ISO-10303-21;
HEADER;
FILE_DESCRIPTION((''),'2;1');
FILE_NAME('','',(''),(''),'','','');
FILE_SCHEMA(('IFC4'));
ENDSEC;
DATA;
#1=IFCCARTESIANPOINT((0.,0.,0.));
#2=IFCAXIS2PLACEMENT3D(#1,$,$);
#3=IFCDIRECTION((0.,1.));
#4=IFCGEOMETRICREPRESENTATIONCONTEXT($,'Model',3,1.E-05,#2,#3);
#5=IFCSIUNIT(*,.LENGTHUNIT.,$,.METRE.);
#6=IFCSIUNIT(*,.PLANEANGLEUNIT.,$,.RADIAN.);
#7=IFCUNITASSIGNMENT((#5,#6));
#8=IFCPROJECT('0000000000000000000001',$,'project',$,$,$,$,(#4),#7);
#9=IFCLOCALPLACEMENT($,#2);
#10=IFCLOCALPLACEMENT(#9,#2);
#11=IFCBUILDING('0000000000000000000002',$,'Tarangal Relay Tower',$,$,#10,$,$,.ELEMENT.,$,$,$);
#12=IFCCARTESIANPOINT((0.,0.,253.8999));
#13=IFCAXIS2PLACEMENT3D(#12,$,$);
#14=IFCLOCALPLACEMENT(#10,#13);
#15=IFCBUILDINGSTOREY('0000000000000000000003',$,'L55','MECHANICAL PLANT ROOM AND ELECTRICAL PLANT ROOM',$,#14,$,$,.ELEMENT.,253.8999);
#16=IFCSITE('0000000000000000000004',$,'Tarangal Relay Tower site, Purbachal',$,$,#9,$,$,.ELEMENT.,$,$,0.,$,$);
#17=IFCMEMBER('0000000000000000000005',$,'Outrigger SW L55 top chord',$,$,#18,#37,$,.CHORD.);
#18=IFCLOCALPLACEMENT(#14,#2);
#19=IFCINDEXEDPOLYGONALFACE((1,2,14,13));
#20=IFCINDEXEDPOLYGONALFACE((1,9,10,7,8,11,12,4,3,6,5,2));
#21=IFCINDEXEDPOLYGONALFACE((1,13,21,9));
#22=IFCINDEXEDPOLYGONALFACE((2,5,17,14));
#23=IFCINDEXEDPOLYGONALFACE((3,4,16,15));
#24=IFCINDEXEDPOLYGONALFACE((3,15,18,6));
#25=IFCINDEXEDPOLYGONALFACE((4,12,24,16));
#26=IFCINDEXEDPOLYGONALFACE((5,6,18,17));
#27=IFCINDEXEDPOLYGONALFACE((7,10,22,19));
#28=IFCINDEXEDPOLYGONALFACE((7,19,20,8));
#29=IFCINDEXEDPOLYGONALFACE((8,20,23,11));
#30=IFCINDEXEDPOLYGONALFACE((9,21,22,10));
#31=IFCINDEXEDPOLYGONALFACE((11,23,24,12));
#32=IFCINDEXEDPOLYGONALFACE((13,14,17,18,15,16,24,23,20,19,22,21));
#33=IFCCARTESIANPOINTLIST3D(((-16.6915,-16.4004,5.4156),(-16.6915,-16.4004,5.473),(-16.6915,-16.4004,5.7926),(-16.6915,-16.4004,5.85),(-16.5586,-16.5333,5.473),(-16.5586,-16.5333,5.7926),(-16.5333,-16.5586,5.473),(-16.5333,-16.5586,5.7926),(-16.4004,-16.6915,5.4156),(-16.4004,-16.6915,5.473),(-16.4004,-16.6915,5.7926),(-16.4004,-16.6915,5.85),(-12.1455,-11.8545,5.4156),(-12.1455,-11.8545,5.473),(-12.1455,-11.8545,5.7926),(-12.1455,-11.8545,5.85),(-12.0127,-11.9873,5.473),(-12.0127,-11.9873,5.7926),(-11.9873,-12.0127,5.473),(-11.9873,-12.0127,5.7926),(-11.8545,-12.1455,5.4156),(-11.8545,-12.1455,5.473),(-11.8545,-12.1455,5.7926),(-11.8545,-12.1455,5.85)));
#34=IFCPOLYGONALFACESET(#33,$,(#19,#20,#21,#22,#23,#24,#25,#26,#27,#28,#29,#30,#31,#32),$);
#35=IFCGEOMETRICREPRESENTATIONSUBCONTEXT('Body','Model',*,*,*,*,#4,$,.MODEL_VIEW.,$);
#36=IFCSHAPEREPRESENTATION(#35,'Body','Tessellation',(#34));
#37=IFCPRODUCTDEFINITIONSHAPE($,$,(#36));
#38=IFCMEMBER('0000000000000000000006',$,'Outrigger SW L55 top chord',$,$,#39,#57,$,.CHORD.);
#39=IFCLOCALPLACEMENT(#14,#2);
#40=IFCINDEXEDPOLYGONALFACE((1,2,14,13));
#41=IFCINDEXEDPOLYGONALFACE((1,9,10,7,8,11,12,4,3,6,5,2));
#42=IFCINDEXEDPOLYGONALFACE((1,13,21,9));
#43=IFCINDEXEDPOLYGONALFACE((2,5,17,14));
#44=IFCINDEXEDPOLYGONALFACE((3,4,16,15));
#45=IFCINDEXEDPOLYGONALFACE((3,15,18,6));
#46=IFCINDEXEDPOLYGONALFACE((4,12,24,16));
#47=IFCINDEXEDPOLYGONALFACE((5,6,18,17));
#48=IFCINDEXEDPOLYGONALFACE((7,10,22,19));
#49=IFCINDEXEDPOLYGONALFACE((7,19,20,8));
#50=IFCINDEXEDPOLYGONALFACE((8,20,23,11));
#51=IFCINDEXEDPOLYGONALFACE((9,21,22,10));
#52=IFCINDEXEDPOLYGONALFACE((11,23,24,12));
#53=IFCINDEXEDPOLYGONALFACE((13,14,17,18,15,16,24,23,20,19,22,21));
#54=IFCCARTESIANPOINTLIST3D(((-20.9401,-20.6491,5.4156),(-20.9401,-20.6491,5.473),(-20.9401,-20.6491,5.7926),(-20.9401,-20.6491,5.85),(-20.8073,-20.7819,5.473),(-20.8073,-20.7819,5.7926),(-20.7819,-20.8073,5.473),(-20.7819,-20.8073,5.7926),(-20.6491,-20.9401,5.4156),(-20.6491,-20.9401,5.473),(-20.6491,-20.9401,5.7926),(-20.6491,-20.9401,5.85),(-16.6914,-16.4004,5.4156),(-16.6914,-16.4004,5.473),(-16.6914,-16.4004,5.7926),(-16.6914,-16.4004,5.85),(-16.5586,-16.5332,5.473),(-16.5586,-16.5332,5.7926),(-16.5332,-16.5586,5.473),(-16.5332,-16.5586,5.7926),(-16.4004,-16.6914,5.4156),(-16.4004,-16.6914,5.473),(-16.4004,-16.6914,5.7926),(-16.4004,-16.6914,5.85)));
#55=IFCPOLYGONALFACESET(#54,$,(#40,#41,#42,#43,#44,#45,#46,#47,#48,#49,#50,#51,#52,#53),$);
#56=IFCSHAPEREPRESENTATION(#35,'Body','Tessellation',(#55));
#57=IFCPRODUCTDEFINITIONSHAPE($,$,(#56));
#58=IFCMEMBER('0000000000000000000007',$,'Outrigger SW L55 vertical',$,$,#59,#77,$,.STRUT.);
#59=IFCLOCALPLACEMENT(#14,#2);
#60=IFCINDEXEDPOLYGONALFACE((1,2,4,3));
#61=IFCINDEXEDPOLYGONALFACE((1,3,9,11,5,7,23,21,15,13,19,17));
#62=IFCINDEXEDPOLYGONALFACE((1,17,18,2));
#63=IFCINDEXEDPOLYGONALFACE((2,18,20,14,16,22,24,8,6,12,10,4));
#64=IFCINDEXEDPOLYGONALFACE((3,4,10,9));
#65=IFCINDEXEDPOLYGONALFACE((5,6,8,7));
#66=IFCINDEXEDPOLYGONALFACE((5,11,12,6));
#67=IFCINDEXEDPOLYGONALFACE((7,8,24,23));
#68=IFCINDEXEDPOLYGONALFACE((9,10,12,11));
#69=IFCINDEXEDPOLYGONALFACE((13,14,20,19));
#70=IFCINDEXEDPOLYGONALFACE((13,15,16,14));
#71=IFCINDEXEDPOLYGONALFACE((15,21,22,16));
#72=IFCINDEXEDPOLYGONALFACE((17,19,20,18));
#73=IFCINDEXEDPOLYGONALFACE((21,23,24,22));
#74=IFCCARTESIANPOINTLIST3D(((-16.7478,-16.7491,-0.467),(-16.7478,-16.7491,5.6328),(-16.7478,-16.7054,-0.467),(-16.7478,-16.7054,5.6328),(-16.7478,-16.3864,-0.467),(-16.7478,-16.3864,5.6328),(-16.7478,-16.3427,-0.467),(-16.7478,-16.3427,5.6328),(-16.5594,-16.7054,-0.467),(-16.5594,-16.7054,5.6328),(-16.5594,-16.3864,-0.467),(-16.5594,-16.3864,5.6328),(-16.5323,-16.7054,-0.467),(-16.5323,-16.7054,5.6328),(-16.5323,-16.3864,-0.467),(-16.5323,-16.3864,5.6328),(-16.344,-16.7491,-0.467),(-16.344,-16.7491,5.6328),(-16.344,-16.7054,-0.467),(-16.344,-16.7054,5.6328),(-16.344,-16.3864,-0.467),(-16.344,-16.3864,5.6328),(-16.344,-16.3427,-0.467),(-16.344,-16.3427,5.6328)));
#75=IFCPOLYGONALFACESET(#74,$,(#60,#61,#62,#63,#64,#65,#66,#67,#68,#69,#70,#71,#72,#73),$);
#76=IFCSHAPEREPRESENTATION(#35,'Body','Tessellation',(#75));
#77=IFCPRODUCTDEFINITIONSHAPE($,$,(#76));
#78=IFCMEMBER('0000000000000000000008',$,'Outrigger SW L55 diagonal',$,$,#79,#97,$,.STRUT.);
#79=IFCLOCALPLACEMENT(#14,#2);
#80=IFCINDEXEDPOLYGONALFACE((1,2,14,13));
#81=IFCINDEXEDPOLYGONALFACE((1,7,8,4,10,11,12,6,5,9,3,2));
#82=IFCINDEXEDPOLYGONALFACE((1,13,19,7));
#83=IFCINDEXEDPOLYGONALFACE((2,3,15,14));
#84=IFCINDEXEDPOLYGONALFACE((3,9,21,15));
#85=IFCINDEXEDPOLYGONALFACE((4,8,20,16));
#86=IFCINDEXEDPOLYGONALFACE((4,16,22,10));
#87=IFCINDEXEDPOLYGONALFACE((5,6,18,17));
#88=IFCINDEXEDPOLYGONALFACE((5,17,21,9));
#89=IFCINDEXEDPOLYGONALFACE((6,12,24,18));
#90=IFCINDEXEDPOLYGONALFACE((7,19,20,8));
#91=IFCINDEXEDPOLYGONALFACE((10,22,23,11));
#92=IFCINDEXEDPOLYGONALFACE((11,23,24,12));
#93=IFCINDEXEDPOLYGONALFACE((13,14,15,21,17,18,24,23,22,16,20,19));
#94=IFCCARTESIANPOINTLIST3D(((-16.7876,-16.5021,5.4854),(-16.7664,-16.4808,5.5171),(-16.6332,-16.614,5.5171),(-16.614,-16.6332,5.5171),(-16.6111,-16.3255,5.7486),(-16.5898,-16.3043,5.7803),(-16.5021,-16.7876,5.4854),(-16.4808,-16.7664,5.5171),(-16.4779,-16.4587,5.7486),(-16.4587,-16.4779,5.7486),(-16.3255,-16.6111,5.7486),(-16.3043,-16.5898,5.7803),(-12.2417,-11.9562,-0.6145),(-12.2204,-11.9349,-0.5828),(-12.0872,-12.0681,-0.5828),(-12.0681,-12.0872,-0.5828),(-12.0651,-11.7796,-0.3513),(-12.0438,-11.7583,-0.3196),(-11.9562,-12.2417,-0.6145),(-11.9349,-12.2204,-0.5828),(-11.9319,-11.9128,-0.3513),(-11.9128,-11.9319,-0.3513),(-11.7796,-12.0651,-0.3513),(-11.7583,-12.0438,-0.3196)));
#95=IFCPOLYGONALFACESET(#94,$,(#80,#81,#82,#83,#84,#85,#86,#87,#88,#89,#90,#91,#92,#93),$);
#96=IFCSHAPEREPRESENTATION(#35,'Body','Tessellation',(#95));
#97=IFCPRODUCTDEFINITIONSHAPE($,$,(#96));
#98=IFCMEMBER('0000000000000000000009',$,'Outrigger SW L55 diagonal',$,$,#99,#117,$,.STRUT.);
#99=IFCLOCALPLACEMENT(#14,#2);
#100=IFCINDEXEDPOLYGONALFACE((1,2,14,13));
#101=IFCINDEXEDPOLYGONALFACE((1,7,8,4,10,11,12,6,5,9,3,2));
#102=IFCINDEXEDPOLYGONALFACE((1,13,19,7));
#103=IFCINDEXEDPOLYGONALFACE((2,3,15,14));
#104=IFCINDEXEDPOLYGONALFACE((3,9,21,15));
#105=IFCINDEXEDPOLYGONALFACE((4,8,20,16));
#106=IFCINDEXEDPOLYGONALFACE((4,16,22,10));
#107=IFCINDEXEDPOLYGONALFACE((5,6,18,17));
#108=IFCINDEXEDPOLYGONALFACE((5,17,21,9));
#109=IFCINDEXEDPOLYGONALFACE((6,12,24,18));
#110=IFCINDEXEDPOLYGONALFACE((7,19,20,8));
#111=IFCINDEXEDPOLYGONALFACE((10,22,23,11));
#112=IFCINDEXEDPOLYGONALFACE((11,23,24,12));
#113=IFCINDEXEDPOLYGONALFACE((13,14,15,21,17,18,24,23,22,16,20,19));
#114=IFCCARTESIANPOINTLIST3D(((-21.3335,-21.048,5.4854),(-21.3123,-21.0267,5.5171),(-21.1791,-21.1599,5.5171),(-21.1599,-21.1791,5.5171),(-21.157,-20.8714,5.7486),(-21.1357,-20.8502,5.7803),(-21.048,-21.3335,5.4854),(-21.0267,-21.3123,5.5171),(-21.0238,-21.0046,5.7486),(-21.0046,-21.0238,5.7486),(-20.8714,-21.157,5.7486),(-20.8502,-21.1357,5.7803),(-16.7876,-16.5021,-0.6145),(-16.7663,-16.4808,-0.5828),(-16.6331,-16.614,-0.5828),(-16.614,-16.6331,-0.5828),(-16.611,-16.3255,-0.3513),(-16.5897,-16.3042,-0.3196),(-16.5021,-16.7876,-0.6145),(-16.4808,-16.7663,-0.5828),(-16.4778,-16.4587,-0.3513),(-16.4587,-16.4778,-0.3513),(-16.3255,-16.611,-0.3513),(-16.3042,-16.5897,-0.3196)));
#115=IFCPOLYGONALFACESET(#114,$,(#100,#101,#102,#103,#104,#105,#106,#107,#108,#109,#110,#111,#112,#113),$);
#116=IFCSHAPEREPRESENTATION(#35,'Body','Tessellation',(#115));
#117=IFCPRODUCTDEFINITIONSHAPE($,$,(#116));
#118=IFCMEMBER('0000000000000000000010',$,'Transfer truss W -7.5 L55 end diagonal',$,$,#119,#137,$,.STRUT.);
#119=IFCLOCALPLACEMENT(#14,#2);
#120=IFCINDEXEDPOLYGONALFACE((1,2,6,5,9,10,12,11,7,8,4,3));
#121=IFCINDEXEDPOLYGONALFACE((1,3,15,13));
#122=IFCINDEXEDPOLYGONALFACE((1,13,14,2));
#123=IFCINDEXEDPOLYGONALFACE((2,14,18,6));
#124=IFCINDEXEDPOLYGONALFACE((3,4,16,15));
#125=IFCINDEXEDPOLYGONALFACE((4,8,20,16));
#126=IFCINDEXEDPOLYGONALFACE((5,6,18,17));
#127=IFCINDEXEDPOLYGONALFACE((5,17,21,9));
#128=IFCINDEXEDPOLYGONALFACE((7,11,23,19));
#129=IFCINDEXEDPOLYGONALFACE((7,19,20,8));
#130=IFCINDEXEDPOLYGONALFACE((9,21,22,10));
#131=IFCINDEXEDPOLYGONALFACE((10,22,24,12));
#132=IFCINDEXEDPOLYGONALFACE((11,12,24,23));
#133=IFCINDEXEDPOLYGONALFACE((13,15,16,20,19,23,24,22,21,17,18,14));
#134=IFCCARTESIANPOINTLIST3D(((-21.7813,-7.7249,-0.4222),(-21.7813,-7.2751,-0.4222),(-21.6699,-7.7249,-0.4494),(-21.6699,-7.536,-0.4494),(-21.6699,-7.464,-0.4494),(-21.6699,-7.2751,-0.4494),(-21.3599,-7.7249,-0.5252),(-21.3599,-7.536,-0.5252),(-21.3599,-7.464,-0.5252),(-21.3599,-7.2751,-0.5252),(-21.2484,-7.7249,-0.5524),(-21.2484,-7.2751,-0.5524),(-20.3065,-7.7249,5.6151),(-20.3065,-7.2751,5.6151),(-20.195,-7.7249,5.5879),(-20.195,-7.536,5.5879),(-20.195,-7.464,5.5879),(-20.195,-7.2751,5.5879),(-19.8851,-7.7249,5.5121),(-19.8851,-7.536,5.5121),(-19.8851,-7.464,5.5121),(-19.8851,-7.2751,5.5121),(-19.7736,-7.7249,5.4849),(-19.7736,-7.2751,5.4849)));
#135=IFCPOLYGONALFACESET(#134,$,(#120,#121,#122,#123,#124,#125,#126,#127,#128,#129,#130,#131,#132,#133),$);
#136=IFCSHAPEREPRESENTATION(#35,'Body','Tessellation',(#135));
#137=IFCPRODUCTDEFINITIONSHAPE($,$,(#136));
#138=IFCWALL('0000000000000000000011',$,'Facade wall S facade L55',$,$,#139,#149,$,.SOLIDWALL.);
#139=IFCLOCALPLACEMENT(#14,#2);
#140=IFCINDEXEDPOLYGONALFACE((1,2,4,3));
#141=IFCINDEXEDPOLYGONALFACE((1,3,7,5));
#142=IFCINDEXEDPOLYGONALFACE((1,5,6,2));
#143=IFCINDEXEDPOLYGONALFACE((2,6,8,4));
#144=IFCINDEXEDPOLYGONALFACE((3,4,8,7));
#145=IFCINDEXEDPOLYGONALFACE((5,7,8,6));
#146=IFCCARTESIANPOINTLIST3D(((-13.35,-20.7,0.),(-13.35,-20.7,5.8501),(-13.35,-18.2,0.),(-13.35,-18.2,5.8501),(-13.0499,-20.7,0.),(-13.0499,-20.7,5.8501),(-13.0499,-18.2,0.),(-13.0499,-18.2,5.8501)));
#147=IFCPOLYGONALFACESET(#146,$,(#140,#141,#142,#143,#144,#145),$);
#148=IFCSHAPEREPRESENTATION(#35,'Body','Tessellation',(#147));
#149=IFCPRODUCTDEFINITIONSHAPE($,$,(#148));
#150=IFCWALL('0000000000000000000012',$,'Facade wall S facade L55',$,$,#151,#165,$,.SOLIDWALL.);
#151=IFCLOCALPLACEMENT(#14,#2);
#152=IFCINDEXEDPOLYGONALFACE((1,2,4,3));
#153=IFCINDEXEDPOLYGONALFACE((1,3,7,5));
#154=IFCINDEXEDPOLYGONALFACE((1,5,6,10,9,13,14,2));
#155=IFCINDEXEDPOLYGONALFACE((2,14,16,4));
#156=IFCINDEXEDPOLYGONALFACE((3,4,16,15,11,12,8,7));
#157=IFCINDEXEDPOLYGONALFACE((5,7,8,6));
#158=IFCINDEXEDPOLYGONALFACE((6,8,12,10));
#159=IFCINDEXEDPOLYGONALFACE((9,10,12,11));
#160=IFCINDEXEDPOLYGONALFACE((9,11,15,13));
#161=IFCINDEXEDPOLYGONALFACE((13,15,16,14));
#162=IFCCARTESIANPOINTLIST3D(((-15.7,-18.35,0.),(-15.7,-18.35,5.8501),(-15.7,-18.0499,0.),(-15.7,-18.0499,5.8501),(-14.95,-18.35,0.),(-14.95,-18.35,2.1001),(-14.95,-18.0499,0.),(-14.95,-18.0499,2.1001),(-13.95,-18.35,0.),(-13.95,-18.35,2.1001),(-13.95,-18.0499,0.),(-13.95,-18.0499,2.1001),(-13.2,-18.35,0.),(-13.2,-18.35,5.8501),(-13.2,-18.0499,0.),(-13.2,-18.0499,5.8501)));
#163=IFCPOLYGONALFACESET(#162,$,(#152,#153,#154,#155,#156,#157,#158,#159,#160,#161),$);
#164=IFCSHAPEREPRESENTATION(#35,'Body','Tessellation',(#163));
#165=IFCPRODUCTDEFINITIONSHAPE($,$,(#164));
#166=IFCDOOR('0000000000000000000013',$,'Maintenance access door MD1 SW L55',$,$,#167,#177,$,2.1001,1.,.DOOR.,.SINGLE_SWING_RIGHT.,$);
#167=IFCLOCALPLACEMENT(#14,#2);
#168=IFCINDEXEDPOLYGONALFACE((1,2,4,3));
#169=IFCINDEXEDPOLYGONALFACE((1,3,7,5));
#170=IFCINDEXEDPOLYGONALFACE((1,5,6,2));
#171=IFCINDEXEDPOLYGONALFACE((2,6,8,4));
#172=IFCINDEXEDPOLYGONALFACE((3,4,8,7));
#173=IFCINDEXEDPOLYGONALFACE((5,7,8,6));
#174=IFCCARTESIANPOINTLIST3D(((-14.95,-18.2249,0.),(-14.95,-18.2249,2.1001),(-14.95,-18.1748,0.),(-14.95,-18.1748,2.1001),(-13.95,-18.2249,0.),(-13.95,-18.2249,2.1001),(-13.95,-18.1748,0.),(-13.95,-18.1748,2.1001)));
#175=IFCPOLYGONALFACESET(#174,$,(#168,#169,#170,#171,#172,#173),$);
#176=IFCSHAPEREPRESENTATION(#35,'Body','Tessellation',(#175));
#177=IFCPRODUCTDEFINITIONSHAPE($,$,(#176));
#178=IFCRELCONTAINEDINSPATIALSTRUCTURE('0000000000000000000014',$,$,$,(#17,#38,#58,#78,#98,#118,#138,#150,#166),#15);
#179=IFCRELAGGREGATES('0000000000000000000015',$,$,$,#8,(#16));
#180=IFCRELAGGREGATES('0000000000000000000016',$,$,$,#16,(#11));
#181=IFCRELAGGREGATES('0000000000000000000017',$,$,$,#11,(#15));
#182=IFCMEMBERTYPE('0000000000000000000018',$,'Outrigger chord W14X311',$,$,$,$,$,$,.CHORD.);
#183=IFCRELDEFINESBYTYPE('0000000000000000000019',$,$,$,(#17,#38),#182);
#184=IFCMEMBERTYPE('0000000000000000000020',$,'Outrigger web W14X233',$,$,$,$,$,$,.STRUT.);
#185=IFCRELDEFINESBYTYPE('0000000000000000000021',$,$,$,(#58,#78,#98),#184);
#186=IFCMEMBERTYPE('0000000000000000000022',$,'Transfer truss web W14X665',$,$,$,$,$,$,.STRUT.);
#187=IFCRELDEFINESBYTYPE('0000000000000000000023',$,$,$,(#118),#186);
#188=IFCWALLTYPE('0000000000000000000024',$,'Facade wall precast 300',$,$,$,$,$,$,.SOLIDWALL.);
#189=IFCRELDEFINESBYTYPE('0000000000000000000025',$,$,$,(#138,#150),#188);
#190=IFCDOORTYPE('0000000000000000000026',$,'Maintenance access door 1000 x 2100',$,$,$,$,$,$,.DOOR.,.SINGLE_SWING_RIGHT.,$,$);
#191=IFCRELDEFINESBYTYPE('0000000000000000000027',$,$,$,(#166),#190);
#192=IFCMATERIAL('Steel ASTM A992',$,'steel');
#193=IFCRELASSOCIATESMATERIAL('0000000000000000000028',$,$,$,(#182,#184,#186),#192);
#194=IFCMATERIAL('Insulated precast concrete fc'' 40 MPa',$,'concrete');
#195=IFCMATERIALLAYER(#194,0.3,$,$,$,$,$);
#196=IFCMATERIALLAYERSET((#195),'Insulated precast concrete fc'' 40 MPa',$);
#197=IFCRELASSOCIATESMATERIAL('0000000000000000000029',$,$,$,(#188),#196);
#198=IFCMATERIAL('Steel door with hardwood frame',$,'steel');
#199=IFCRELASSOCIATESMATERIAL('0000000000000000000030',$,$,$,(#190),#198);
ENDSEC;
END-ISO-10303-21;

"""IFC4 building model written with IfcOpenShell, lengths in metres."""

from ifc_helpers import new_model, si_unit, direction, frame, frame_2d, origin, origin_2d, place, context, subcontext, project, spatial, rectangle, i_section, extrude, clip, halfspace, material, layer, layer_set, material_profile, profile_set, type_object, element, fill, save


model = new_model("IFC4")

# Units and contexts
model_context = context("Model", 3, precision=1e-05, world=origin(), true_north=direction((0.0, 1.0)))
body_context = subcontext(model_context, "Body", "Model", "MODEL_VIEW")
ifc_project = project(units=[si_unit("LENGTHUNIT", "METRE"), si_unit("PLANEANGLEUNIT", "RADIAN")], contexts=[model_context])

# Site, building, storey
site_placement = place(None, origin())
site = spatial("IfcSite", under=ifc_project, at=site_placement, Name="Tarangal Relay Tower site, Purbachal", CompositionType="ELEMENT", RefElevation=0.0)
building_placement = place(site_placement, origin())
building = spatial("IfcBuilding", under=site, at=building_placement, Name="Tarangal Relay Tower", CompositionType="ELEMENT")
storey_placement = place(building_placement, frame((0.0, 0.0, 253.8999)))
storey = spatial("IfcBuildingStorey", under=building, at=storey_placement, Name="L55", Description="MECHANICAL PLANT ROOM AND ELECTRICAL PLANT ROOM", CompositionType="ELEMENT", Elevation=253.8999)

# Shared definitions
ifc_material_1 = material(Name="Steel ASTM A992", Category="steel")

# Members
ifc_material_profile_1 = material_profile(ifc_material_1, i_section(OverallWidth=0.4116, OverallDepth=0.4343, WebThickness=0.0359, FlangeThickness=0.0574, at=origin_2d()), Name="W14X311")
ifc_profile_set_1 = profile_set([ifc_material_profile_1], Name="Steel ASTM A992")
member_type_1 = type_object("IfcMemberType", Name="Outrigger chord W14X311", PredefinedType="CHORD", material=ifc_profile_set_1)
member_1_placement = place(storey_placement, frame((-12.0, -12.0, 5.6328), z_axis=(-0.707107, -0.707107, 0.0), x_axis=(0.707107, -0.707107, 0.0)))
element("IfcMember", 1, at=member_1_placement, inside=storey, type_object=member_type_1, Name="Outrigger SW L55 top chord", PredefinedType="CHORD", context=body_context, shape_type="SweptSolid", body=[
    extrude(i_section(OverallWidth=0.4116, OverallDepth=0.4343, WebThickness=0.0359, FlangeThickness=0.0574, at=origin_2d()), origin(), (0.0, 0.0, 1.0), 6.429),
])
member_2_placement = place(storey_placement, frame((-16.5459, -16.5459, 5.6328), z_axis=(-0.707107, -0.707107, 0.0), x_axis=(0.707107, -0.707107, 0.0)))
element("IfcMember", 2, at=member_2_placement, inside=storey, type_object=member_type_1, Name="Outrigger SW L55 top chord", PredefinedType="CHORD", context=body_context, shape_type="Clipping", body=[
    clip(extrude(i_section(OverallWidth=0.4116, OverallDepth=0.4343, WebThickness=0.0359, FlangeThickness=0.0574, at=origin_2d()), origin(), (0.0, 0.0, 1.0), 6.429), halfspace(frame((0.0, 0.0, 6.0085)), False)),
])
ifc_material_profile_2 = material_profile(ifc_material_1, i_section(OverallWidth=0.4038, OverallDepth=0.4065, WebThickness=0.0271, FlangeThickness=0.0437, at=origin_2d()), Name="W14X233")
ifc_profile_set_2 = profile_set([ifc_material_profile_2], Name="Steel ASTM A992")
member_type_2 = type_object("IfcMemberType", Name="Outrigger web W14X233", PredefinedType="STRUT", material=ifc_profile_set_2)
member_3_placement = place(storey_placement, frame((-16.5459, -16.5459, -0.467), z_axis=(0.0, 0.0, 1.0), x_axis=(1.0, 0.0, 0.0)))
element("IfcMember", 3, at=member_3_placement, inside=storey, type_object=member_type_2, Name="Outrigger SW L55 vertical", PredefinedType="STRUT", context=body_context, shape_type="SweptSolid", body=[
    extrude(i_section(OverallWidth=0.4038, OverallDepth=0.4065, WebThickness=0.0271, FlangeThickness=0.0437, at=origin_2d()), origin(), (0.0, 0.0, 1.0), 6.0999),
])
for number, where, z_axis, x_axis, name in (
    (4, (-12.0, -12.0, -0.467), (-0.512954, -0.512954, 0.6883), (0.707107, -0.707107, 0.0), "Outrigger SW L55 diagonal"),
    (5, (-16.5459, -16.5459, -0.467), (-0.512954, -0.512954, 0.6883), (0.707107, -0.707107, 0.0), "Outrigger SW L55 diagonal"),
):
    element("IfcMember", number, at=place(storey_placement, frame(where, z_axis=z_axis, x_axis=x_axis)), inside=storey, type_object=member_type_2, Name=name, PredefinedType="STRUT", context=body_context, shape_type="SweptSolid", body=[
        extrude(i_section(OverallWidth=0.4038, OverallDepth=0.4065, WebThickness=0.0271, FlangeThickness=0.0437, at=origin_2d()), origin(), (0.0, 0.0, 1.0), 8.8623),
    ])
ifc_material_profile_3 = material_profile(ifc_material_1, i_section(OverallWidth=0.4497, OverallDepth=0.5486, WebThickness=0.072, FlangeThickness=0.1147, at=origin_2d()), Name="W14X665")
ifc_profile_set_3 = profile_set([ifc_material_profile_3], Name="Steel ASTM A992")
member_type_3 = type_object("IfcMemberType", Name="Transfer truss web W14X665", PredefinedType="STRUT", material=ifc_profile_set_3)
member_4_placement = place(storey_placement, frame((-21.5149, -7.5, -0.4873), z_axis=(0.23731, 0.0, 0.971434), x_axis=(0.0, 1.0, 0.0)))
element("IfcMember", 6, at=member_4_placement, inside=storey, type_object=member_type_3, Name="Transfer truss W -7.5 L55 end diagonal", PredefinedType="STRUT", context=body_context, shape_type="SweptSolid", body=[
    extrude(i_section(OverallWidth=0.4497, OverallDepth=0.5486, WebThickness=0.072, FlangeThickness=0.1147, at=origin_2d()), origin(), (0.0, 0.0, 1.0), 6.2148),
])

# Wall
ifc_material_2 = material(Name="Insulated precast concrete fc' 40 MPa", Category="concrete")
ifc_layer_1 = layer(ifc_material_2, 0.3)
ifc_layer_set_1 = layer_set([ifc_layer_1], Name="Insulated precast concrete fc' 40 MPa")
wall_type_1 = type_object("IfcWallType", Name="Facade wall precast 300", PredefinedType="SOLIDWALL", material=ifc_layer_set_1)
wall_1_placement = place(storey_placement, frame((-13.2, -20.7, 0.0), z_axis=(0.0, 0.0, 1.0), x_axis=(0.0, 1.0, 0.0)))
element("IfcWall", 7, at=wall_1_placement, inside=storey, type_object=wall_type_1, Name="Facade wall S facade L55", PredefinedType="SOLIDWALL", context=body_context, shape_type="SweptSolid", body=[
    extrude(rectangle(XDim=2.5, YDim=0.3, at=frame_2d((1.25, 0.0))), origin(), (0.0, 0.0, 1.0), 5.8501),
])

# Wall, opening, door
wall_2_placement = place(storey_placement, frame((-13.2, -18.2, 0.0), z_axis=(0.0, 0.0, 1.0), x_axis=(-1.0, 0.0, 0.0)))
wall_2 = element("IfcWall", 8, at=wall_2_placement, inside=storey, type_object=wall_type_1, Name="Facade wall S facade L55", PredefinedType="SOLIDWALL", context=body_context, shape_type="SweptSolid", body=[
    extrude(rectangle(XDim=2.5, YDim=0.3, at=frame_2d((1.25, 0.0))), origin(), (0.0, 0.0, 1.0), 5.8501),
])
opening_1_placement = place(wall_2_placement, frame((0.75, 0.0, 0.0)))
opening_1 = element("IfcOpeningElement", 9, at=opening_1_placement, cuts=wall_2, PredefinedType="OPENING", context=body_context, shape_type="SweptSolid", body=[
    extrude(rectangle(XDim=1.0, YDim=2.1001, at=frame_2d((0.5, 1.05))), frame((0.0, 0.1599, 0.0), z_axis=(0.0, -1.0, 0.0), x_axis=(1.0, 0.0, 0.0)), (0.0, 0.0, 1.0), 0.3201),
])
ifc_material_3 = material(Name="Steel door with hardwood frame", Category="steel")
door_type = type_object("IfcDoorType", Name="Maintenance access door 1000 x 2100", OperationType="SINGLE_SWING_RIGHT", PredefinedType="DOOR", material=ifc_material_3)
door_placement = place(opening_1_placement, origin())
door = element("IfcDoor", 10, at=door_placement, inside=storey, type_object=door_type, Name="Maintenance access door MD1 SW L55", OperationType="SINGLE_SWING_RIGHT", OverallHeight=2.1001, OverallWidth=1.0, PredefinedType="DOOR", context=body_context, shape_type="SweptSolid", body=[
    extrude(rectangle(XDim=1.0, YDim=2.1001, at=frame_2d((0.5, 1.05))), frame((0.0, 0.0249, 0.0), z_axis=(0.0, -1.0, 0.0), x_axis=(1.0, 0.0, 0.0)), (0.0, 0.0, 1.0), 0.05),
])
fill(opening_1, door)

save(model, "model.ifc")
